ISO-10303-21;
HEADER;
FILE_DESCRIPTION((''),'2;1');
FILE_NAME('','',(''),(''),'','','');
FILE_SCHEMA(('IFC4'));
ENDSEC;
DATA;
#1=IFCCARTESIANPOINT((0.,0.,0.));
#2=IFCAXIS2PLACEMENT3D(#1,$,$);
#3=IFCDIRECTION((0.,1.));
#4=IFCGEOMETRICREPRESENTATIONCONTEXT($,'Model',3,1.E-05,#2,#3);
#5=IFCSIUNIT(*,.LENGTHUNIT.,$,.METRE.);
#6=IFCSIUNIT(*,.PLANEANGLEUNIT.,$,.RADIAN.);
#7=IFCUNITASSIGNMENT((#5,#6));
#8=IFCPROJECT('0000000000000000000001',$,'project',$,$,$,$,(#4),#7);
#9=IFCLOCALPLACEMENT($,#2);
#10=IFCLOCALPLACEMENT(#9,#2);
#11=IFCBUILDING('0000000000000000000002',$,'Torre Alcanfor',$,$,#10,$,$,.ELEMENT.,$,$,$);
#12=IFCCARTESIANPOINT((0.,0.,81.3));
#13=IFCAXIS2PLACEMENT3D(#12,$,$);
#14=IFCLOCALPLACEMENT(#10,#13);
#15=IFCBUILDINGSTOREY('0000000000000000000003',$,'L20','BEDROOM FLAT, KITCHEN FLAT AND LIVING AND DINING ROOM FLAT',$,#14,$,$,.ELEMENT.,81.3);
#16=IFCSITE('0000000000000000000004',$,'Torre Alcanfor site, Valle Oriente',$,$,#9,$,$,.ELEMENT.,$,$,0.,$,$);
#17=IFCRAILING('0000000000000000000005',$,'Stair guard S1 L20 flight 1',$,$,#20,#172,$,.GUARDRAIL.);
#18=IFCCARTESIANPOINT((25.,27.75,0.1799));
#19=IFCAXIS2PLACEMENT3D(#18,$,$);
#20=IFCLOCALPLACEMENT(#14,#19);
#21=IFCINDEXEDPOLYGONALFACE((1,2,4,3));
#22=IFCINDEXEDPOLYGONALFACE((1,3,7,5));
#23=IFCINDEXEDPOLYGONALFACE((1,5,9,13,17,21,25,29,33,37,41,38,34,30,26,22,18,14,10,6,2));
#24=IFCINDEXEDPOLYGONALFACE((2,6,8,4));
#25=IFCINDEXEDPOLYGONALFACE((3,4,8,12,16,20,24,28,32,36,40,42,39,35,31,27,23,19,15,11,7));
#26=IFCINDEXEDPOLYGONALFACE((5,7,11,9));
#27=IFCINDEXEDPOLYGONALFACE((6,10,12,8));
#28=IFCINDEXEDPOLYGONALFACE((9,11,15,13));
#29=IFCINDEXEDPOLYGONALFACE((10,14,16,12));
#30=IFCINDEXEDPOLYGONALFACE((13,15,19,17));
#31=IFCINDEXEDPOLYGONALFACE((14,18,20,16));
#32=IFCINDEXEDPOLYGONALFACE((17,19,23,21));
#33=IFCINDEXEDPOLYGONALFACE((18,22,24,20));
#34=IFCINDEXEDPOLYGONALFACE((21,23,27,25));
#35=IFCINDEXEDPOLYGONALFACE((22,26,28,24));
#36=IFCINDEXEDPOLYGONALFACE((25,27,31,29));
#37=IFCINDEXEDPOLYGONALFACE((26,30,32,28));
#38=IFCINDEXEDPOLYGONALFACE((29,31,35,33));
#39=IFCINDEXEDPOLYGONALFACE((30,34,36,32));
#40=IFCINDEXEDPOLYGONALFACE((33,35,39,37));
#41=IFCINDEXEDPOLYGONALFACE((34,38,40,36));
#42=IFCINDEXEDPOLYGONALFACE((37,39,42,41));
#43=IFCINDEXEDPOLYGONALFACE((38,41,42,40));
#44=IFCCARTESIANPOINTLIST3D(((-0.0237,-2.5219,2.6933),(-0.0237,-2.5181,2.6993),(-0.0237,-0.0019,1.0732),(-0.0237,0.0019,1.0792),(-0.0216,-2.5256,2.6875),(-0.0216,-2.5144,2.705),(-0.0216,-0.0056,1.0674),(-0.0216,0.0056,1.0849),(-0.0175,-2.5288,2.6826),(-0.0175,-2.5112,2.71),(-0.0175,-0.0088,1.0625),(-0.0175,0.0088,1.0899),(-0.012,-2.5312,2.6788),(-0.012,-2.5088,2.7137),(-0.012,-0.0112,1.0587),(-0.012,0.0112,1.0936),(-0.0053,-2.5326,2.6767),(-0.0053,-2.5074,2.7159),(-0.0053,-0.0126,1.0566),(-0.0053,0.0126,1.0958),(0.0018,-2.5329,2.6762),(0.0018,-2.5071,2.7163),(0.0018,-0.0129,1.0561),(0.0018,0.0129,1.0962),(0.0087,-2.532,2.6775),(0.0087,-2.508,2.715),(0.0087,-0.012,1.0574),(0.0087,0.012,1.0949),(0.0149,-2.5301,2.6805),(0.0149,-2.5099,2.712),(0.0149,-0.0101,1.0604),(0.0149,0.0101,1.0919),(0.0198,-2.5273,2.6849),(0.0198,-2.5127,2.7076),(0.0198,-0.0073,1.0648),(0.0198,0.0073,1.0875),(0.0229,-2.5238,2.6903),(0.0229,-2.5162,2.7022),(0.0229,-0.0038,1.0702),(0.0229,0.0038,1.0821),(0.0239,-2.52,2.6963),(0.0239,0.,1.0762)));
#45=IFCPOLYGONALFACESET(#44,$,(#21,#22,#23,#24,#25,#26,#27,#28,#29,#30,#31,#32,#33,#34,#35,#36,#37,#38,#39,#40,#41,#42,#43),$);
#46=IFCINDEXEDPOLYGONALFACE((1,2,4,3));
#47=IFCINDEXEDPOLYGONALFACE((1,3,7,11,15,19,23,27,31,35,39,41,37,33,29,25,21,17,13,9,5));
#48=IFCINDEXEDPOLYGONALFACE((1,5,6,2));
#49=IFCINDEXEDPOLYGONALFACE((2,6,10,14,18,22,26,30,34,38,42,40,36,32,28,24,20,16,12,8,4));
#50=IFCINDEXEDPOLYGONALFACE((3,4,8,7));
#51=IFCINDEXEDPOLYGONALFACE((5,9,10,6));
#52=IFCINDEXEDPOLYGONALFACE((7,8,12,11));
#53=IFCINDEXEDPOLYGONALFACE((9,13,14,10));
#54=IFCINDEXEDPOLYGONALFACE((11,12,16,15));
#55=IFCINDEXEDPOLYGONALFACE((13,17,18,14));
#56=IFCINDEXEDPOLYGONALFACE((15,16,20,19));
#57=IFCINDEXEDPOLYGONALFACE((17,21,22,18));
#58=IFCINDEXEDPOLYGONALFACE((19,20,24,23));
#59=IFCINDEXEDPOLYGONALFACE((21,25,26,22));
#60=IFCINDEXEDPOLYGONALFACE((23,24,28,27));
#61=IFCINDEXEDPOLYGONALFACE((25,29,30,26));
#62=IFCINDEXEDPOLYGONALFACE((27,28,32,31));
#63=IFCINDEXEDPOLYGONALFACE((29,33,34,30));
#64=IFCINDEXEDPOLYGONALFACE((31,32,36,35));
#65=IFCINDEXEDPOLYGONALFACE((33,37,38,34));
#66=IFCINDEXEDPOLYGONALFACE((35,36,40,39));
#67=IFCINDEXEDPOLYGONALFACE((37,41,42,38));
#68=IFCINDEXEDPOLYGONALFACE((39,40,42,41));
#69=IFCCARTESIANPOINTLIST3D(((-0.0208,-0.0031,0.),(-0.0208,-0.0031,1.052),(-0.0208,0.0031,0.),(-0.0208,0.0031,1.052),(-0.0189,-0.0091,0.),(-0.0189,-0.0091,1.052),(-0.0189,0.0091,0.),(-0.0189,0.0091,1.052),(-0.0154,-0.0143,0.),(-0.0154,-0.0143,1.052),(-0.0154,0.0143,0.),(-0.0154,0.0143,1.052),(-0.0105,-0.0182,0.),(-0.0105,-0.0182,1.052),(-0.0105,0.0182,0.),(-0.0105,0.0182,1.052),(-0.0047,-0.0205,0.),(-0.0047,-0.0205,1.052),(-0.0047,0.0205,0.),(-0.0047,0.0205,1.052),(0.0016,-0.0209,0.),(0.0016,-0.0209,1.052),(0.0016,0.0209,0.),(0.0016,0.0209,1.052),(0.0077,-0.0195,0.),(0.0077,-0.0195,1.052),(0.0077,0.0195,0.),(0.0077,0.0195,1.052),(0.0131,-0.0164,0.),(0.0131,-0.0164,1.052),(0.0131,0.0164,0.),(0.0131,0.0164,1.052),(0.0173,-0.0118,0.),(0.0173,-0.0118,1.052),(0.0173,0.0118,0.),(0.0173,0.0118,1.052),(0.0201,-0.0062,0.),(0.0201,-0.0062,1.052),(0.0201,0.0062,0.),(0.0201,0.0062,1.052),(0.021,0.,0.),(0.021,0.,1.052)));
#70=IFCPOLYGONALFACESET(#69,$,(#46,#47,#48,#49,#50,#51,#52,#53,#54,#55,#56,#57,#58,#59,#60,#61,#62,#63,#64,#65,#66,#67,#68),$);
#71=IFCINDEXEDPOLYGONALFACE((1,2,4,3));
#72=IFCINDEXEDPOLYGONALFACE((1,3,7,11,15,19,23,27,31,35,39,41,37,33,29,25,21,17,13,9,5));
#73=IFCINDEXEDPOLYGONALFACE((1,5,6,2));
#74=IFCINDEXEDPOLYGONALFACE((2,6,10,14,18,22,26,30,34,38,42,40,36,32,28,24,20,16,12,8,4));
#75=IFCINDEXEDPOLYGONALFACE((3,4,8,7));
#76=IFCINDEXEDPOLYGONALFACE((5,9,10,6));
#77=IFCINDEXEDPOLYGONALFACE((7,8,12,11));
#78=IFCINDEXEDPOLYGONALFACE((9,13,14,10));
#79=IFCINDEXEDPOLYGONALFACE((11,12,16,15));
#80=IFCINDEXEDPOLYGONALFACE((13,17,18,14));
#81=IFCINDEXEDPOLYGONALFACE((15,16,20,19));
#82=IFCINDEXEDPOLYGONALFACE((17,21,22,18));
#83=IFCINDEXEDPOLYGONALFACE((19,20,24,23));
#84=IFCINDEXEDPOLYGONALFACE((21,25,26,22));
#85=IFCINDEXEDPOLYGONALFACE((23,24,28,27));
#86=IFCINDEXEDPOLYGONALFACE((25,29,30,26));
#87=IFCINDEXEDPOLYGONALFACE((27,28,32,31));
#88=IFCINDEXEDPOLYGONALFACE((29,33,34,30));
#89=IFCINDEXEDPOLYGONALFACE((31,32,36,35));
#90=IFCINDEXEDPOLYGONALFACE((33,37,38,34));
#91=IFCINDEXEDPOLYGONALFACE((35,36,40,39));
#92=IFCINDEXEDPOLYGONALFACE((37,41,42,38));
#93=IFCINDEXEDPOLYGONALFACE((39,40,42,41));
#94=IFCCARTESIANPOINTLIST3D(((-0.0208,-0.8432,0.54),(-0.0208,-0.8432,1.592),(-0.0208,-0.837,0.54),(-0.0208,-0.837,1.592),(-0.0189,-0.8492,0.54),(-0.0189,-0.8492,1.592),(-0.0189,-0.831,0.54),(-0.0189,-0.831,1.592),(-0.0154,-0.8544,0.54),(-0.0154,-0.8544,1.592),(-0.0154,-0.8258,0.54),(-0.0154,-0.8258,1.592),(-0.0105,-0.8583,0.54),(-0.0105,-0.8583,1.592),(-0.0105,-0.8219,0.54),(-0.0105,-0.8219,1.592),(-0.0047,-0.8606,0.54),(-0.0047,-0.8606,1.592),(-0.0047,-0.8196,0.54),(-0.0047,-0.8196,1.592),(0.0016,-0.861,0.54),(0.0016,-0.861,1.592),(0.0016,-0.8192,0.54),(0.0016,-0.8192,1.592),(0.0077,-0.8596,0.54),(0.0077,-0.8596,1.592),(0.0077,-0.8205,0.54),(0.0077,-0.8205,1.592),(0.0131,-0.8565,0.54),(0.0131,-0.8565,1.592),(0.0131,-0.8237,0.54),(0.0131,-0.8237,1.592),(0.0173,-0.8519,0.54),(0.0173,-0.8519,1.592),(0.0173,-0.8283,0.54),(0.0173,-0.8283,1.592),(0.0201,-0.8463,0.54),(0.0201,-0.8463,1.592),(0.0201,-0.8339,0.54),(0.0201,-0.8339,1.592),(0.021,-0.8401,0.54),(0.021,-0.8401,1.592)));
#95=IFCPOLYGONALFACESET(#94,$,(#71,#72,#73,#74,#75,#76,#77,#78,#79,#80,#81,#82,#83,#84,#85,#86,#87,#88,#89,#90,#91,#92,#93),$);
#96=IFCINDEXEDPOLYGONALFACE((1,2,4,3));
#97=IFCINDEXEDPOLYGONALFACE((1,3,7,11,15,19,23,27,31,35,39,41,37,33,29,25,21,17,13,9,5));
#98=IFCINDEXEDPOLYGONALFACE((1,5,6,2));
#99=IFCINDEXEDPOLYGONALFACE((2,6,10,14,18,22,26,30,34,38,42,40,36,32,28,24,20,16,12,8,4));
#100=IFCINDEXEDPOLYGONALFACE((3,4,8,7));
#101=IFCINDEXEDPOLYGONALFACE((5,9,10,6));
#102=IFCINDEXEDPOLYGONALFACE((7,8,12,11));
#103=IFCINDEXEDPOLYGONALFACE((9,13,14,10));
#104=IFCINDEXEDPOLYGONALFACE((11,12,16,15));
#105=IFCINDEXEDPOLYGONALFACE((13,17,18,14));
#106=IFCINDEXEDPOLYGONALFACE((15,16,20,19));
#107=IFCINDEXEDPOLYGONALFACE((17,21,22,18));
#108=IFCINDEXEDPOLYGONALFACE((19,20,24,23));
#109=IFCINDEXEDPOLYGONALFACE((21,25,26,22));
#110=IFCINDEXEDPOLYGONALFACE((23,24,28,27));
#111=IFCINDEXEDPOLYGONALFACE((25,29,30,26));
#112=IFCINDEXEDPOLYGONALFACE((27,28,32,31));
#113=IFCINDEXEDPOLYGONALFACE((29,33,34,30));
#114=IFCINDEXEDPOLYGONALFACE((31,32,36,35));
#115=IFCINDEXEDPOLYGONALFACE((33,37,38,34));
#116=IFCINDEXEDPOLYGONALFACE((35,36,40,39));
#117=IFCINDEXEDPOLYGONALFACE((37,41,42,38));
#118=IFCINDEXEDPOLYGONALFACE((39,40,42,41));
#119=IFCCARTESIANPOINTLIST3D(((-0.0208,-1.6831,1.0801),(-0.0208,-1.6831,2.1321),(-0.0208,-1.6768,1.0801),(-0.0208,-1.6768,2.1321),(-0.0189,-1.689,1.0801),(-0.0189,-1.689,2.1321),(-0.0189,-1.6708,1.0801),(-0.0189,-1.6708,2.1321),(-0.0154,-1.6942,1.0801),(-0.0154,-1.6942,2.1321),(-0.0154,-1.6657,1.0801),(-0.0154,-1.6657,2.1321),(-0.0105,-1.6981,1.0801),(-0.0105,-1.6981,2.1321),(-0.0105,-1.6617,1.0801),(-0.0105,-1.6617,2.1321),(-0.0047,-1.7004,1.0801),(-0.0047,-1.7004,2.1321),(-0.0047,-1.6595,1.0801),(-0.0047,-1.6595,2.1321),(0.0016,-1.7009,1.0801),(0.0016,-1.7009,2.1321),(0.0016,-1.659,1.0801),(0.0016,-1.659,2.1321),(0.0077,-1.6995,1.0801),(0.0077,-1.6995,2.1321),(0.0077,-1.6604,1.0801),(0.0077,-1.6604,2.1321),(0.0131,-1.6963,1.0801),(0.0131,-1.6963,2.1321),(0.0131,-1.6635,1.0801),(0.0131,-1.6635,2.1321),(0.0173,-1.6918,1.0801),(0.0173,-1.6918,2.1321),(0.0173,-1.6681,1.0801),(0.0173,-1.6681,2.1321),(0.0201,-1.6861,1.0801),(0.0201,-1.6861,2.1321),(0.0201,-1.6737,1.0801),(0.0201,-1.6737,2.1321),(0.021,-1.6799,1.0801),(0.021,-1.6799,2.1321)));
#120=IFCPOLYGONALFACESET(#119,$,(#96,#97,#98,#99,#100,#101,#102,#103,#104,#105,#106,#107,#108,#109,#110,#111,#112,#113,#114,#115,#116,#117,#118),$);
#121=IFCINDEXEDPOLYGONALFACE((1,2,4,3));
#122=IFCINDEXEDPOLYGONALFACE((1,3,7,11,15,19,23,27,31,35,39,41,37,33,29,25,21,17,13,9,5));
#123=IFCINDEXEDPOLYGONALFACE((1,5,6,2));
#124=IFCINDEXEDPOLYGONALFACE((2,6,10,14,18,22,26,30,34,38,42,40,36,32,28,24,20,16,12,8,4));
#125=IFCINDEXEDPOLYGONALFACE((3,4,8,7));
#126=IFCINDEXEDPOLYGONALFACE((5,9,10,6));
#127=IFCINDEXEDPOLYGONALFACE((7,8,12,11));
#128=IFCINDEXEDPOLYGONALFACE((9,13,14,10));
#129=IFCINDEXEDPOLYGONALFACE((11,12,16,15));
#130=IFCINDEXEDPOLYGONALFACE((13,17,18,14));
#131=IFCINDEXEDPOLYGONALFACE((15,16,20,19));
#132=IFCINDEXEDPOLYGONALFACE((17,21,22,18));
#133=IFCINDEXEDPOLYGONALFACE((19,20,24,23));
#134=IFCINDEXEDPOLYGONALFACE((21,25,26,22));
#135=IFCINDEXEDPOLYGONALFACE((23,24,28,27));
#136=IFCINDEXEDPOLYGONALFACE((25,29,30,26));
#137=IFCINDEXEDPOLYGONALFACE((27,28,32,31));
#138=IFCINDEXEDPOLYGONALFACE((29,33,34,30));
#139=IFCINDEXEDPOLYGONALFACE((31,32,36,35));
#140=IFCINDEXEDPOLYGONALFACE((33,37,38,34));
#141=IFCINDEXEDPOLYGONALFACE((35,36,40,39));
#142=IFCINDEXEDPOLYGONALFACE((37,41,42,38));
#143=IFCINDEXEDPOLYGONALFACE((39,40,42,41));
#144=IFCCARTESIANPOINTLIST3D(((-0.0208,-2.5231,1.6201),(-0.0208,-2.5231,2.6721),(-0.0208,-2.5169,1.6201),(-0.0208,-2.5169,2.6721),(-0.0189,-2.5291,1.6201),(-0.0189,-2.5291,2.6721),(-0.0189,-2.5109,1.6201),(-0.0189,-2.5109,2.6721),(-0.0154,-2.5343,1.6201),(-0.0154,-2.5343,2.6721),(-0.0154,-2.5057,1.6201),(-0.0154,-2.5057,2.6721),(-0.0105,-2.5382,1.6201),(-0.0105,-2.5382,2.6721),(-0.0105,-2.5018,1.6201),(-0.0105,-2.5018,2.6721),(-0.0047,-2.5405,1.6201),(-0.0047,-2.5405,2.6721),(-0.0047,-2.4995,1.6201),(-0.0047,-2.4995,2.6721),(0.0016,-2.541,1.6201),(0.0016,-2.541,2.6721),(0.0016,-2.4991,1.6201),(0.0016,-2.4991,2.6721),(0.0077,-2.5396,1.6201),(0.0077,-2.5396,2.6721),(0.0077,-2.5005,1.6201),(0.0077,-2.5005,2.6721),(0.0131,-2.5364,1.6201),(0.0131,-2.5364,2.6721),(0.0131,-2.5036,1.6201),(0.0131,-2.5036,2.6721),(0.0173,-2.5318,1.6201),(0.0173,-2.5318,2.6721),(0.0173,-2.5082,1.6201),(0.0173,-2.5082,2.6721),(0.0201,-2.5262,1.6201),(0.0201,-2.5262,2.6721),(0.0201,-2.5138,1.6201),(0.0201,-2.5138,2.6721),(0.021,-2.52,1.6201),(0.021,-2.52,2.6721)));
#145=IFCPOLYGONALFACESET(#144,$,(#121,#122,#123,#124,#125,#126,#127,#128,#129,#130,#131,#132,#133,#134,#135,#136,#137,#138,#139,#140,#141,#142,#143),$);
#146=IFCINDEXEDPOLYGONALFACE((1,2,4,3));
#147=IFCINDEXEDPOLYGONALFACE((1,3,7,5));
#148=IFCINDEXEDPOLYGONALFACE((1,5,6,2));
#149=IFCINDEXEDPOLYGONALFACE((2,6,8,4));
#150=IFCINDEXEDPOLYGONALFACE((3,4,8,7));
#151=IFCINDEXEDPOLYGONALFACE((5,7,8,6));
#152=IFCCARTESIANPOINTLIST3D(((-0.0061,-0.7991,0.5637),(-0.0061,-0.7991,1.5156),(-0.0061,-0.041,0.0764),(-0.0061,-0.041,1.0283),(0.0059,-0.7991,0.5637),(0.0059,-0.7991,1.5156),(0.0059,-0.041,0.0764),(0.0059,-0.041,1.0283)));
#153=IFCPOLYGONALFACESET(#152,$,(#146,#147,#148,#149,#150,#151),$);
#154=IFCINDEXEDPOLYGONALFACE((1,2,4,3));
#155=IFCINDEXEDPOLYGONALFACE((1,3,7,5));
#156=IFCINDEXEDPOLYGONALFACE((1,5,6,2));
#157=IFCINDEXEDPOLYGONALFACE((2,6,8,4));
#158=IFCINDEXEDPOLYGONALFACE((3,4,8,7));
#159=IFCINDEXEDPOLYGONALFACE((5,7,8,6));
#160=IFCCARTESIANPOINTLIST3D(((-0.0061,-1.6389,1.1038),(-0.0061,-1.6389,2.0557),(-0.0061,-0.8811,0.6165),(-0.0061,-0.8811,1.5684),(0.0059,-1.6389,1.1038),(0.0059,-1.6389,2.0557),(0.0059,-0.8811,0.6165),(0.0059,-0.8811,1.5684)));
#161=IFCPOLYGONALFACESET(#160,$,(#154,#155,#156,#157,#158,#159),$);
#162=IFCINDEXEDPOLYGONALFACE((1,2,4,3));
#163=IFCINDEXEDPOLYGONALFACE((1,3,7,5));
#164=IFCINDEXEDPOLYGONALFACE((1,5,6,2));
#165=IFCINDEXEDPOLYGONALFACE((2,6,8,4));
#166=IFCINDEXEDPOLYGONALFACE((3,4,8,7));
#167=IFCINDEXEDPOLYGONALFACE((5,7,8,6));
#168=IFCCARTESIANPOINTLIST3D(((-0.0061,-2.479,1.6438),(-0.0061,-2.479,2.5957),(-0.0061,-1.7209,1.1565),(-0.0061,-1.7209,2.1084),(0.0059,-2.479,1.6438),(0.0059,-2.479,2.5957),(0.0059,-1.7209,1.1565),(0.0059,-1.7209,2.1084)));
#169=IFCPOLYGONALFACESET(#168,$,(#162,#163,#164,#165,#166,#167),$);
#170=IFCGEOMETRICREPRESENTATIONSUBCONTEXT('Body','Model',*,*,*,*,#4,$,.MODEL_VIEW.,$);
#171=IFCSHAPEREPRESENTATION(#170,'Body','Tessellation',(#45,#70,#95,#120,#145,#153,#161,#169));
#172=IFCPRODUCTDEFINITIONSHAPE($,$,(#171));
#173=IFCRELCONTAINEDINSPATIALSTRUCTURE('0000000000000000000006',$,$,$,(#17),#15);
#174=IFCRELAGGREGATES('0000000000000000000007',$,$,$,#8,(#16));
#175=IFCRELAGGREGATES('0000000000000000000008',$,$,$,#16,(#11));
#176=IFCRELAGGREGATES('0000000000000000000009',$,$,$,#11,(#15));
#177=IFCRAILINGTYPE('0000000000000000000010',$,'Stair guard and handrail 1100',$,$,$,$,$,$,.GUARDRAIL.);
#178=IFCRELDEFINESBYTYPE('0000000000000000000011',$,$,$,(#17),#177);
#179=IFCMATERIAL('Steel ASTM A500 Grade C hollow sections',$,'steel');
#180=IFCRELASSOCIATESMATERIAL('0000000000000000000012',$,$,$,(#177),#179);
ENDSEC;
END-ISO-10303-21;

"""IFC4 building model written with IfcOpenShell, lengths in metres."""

from ifc_helpers import new_model, si_unit, direction, frame, origin, origin_2d, place, context, subcontext, project, spatial, polyline, circle, outline, extrude, material, type_object, element, save


model = new_model("IFC4")

# Units and contexts
model_context = context("Model", 3, precision=1e-05, world=origin(), true_north=direction((0.0, 1.0)))
body_context = subcontext(model_context, "Body", "Model", "MODEL_VIEW")
ifc_project = project(units=[si_unit("LENGTHUNIT", "METRE"), si_unit("PLANEANGLEUNIT", "RADIAN")], contexts=[model_context])

# Site, building, storey
site_placement = place(None, origin())
site = spatial("IfcSite", under=ifc_project, at=site_placement, Name="Torre Alcanfor site, Valle Oriente", CompositionType="ELEMENT", RefElevation=0.0)
building_placement = place(site_placement, origin())
building = spatial("IfcBuilding", under=site, at=building_placement, Name="Torre Alcanfor", CompositionType="ELEMENT")
storey_placement = place(building_placement, frame((0.0, 0.0, 81.3)))
storey = spatial("IfcBuildingStorey", under=building, at=storey_placement, Name="L20", Description="BEDROOM FLAT, KITCHEN FLAT AND LIVING AND DINING ROOM FLAT", CompositionType="ELEMENT", Elevation=81.3)

# Railing
ifc_material_1 = material(Name="Steel ASTM A500 Grade C hollow sections", Category="steel")
railing_type_1 = type_object("IfcRailingType", Name="Stair guard and handrail 1100", PredefinedType="GUARDRAIL", material=ifc_material_1)
railing_1_placement = place(storey_placement, frame((25.0, 27.75, 0.1799)))
element("IfcRailing", 1, at=railing_1_placement, inside=storey, type_object=railing_type_1, Name="Stair guard S1 L20 flight 1", PredefinedType="GUARDRAIL", context=body_context, shape_type="SweptSolid", body=[
    extrude(circle(Radius=0.0239, at=origin_2d()), frame((0.0, 0.0, 1.0762), z_axis=(0.0, -0.841163, 0.540782), x_axis=(1.0, 0.0, 0.0)), (0.0, 0.0, 1.0), 2.9958),
    extrude(circle(Radius=0.021, at=origin_2d()), origin(), (0.0, 0.0, 1.0), 1.052),
    extrude(circle(Radius=0.021, at=origin_2d()), frame((0.0, -0.8401, 0.54)), (0.0, 0.0, 1.0), 1.052),
    extrude(circle(Radius=0.021, at=origin_2d()), frame((0.0, -1.6799, 1.0801)), (0.0, 0.0, 1.0), 1.052),
    extrude(circle(Radius=0.021, at=origin_2d()), frame((0.0, -2.52, 1.6201)), (0.0, 0.0, 1.0), 1.052),
    extrude(outline(polyline([(0.041, 0.0764), (0.7991, 0.5637), (0.7991, 1.5156), (0.041, 1.0283), (0.041, 0.0764)])), frame((0.0059, 0.0, 0.0), z_axis=(-1.0, 0.0, 0.0), x_axis=(0.0, -1.0, 0.0)), (0.0, 0.0, 1.0), 0.012),
    extrude(outline(polyline([(0.8811, 0.6165), (1.6389, 1.1038), (1.6389, 2.0557), (0.8811, 1.5684), (0.8811, 0.6165)])), frame((0.0059, 0.0, 0.0), z_axis=(-1.0, 0.0, 0.0), x_axis=(0.0, -1.0, 0.0)), (0.0, 0.0, 1.0), 0.012),
    extrude(outline(polyline([(1.7209, 1.1565), (2.479, 1.6438), (2.479, 2.5957), (1.7209, 2.1084), (1.7209, 1.1565)])), frame((0.0059, 0.0, 0.0), z_axis=(-1.0, 0.0, 0.0), x_axis=(0.0, -1.0, 0.0)), (0.0, 0.0, 1.0), 0.012),
])

save(model, "model.ifc")
